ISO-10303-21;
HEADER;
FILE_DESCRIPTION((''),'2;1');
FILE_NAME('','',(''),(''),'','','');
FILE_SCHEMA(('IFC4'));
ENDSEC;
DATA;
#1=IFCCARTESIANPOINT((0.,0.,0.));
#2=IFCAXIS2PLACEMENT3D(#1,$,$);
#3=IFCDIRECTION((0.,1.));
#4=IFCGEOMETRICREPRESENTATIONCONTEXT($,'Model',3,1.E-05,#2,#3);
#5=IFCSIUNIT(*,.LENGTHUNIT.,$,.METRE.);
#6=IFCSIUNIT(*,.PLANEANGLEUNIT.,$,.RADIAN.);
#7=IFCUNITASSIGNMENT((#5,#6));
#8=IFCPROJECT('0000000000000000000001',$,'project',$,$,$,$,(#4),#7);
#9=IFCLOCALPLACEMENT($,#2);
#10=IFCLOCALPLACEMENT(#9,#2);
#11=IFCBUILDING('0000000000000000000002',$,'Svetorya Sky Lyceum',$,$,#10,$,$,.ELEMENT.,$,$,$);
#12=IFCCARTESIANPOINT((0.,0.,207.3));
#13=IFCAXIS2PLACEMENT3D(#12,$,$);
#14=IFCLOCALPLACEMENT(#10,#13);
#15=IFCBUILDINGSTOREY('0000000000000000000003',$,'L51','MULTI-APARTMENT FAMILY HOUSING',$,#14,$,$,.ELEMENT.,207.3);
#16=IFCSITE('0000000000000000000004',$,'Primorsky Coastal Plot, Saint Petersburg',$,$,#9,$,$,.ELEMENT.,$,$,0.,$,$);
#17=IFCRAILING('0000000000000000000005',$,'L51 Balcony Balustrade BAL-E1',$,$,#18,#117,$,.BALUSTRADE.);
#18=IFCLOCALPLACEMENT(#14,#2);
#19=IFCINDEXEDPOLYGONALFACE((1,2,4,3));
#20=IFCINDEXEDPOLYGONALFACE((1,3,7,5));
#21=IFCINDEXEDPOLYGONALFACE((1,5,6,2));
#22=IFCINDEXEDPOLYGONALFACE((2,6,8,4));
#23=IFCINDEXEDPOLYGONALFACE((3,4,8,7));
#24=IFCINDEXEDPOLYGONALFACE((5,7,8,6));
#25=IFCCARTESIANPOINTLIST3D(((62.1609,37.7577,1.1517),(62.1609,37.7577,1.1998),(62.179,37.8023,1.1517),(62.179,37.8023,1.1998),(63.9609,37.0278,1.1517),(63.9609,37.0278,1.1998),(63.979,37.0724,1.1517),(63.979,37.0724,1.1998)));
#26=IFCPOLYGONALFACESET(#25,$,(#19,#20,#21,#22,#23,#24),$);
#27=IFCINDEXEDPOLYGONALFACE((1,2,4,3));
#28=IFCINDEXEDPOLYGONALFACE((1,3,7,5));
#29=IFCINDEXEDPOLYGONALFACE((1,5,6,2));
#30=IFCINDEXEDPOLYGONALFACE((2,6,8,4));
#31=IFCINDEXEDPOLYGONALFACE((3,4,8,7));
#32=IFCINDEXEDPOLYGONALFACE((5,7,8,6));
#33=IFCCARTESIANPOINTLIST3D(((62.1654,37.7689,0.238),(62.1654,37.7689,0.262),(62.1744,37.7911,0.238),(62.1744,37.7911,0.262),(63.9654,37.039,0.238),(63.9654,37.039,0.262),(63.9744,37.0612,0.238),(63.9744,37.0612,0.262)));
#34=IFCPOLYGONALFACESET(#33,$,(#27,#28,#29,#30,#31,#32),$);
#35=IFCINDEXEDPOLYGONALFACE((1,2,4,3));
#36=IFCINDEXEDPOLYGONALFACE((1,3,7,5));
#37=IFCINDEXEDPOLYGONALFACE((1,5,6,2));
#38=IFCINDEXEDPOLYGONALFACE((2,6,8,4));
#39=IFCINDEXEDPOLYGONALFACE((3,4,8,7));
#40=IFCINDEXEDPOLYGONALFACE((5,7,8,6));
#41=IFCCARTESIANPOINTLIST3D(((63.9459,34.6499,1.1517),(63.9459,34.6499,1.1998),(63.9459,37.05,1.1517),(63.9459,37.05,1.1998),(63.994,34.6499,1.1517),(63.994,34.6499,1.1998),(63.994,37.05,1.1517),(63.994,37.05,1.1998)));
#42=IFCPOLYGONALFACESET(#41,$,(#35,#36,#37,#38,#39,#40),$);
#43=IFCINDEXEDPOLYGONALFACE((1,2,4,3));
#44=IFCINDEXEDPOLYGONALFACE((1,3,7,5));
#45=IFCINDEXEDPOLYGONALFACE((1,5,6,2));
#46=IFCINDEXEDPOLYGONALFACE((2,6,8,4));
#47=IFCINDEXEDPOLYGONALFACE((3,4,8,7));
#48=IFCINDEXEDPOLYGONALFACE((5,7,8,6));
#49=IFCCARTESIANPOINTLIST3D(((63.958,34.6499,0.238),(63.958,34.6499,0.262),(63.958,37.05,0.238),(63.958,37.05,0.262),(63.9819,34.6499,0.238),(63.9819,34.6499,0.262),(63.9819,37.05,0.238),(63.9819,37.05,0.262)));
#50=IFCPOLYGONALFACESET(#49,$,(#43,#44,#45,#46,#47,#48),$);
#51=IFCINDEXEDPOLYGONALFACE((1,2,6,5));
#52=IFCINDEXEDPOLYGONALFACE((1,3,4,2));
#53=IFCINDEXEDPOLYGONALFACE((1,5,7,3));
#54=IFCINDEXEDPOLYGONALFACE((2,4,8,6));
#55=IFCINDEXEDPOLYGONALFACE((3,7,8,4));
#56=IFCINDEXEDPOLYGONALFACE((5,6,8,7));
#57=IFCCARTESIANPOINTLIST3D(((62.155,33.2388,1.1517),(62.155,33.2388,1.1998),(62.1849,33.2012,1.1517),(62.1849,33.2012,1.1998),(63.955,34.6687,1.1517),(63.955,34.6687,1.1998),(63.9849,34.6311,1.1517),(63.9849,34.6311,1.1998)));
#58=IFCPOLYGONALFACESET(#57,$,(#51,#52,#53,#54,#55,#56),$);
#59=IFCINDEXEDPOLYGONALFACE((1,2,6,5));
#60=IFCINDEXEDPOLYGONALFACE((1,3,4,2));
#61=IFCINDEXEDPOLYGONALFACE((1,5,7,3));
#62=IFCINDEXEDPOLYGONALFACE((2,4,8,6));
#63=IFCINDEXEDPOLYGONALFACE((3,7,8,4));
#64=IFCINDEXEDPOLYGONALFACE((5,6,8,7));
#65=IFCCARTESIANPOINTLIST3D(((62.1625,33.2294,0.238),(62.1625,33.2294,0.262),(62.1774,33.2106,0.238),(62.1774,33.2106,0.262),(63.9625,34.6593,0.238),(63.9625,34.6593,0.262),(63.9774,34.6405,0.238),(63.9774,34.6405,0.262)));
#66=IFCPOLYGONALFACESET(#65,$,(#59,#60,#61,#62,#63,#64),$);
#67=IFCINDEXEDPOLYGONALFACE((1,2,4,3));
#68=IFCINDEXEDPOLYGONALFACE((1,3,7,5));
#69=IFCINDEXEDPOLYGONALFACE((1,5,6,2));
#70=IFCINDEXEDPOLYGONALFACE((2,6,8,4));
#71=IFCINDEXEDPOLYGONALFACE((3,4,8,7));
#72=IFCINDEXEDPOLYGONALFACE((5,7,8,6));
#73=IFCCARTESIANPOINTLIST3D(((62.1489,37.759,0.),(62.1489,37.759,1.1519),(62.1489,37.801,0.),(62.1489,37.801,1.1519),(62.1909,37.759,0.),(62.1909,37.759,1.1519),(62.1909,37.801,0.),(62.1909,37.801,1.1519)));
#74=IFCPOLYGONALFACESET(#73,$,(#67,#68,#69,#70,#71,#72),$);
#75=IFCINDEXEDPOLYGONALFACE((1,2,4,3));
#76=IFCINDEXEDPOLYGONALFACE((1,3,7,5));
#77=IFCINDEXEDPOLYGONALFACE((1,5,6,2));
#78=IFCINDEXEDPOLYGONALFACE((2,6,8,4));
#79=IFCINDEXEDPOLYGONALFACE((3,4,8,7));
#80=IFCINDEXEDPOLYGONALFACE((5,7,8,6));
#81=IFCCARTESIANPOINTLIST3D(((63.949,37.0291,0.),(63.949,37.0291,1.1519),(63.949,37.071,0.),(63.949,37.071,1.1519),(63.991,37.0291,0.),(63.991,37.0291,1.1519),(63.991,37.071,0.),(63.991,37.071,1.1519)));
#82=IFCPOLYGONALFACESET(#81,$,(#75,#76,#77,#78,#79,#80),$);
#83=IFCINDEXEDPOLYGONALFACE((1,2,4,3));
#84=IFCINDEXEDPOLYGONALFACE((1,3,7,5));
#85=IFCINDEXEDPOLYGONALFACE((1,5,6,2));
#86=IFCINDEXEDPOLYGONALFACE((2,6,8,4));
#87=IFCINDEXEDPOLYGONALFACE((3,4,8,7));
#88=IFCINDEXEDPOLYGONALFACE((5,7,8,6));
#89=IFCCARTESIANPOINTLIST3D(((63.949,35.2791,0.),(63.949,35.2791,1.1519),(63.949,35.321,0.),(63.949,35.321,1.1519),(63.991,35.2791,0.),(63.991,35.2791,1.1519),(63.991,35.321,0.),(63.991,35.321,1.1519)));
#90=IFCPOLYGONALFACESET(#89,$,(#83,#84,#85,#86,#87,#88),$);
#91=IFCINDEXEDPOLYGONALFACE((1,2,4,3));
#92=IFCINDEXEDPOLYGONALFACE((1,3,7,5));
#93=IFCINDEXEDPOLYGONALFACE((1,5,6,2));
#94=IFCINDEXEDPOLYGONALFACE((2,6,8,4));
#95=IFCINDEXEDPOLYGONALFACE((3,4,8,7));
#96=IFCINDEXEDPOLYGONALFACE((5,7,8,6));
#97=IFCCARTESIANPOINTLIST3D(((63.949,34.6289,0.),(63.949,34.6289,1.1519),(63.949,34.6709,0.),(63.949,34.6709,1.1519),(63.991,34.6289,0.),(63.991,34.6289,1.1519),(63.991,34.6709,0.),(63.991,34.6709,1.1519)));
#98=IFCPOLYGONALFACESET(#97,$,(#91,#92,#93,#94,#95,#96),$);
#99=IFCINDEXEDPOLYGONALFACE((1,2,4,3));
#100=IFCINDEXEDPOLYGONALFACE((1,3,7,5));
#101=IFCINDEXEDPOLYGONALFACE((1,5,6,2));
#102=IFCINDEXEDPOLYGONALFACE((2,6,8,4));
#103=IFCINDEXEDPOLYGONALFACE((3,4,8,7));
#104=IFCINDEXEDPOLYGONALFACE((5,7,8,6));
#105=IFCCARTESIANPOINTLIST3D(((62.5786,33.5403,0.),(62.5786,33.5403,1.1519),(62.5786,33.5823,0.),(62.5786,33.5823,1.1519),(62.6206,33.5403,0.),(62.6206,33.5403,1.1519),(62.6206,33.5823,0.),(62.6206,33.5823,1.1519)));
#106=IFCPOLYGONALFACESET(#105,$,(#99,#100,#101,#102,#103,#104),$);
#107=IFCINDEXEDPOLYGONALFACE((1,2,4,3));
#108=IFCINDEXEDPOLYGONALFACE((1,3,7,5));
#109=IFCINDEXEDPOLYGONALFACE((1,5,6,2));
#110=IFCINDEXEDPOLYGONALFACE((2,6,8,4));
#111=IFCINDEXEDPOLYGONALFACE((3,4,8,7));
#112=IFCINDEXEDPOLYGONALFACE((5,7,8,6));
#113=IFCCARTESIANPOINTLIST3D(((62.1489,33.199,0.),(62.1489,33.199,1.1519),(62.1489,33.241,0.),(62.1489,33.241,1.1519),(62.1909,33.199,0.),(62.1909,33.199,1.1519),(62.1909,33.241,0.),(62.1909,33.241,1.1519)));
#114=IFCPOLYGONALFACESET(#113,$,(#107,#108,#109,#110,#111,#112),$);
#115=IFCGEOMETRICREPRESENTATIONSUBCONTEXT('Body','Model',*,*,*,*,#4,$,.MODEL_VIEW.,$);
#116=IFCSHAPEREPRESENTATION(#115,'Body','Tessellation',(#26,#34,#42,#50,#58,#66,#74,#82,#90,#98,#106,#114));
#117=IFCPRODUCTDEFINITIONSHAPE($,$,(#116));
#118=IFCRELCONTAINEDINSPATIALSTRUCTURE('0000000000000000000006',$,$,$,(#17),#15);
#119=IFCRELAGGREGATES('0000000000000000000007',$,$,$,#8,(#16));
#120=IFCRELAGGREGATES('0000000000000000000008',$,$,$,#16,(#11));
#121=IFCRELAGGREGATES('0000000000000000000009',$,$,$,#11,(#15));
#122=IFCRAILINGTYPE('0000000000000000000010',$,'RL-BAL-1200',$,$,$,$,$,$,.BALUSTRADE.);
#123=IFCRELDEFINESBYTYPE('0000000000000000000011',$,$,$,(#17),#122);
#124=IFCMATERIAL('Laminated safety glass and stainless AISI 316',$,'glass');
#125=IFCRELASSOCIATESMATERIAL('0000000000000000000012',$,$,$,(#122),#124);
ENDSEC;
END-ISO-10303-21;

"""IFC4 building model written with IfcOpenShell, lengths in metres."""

from ifc_helpers import new_model, si_unit, direction, frame, origin, origin_2d, place, context, subcontext, project, spatial, rectangle, extrude, material, type_object, element, save


model = new_model("IFC4")

# Units and contexts
model_context = context("Model", 3, precision=1e-05, world=origin(), true_north=direction((0.0, 1.0)))
body_context = subcontext(model_context, "Body", "Model", "MODEL_VIEW")
ifc_project = project(units=[si_unit("LENGTHUNIT", "METRE"), si_unit("PLANEANGLEUNIT", "RADIAN")], contexts=[model_context])

# Site, building, storey
site_placement = place(None, origin())
site = spatial("IfcSite", under=ifc_project, at=site_placement, Name="Primorsky Coastal Plot, Saint Petersburg", CompositionType="ELEMENT", RefElevation=0.0)
building_placement = place(site_placement, origin())
building = spatial("IfcBuilding", under=site, at=building_placement, Name="Svetorya Sky Lyceum", CompositionType="ELEMENT")
storey_placement = place(building_placement, frame((0.0, 0.0, 207.3)))
storey = spatial("IfcBuildingStorey", under=building, at=storey_placement, Name="L51", Description="MULTI-APARTMENT FAMILY HOUSING", CompositionType="ELEMENT", Elevation=207.3)

# Railing
ifc_material_1 = material(Name="Laminated safety glass and stainless AISI 316", Category="glass")
railing_type = type_object("IfcRailingType", Name="RL-BAL-1200", PredefinedType="BALUSTRADE", material=ifc_material_1)
railing_placement = place(storey_placement, frame((62.1699, 37.78, 0.0)))
element("IfcRailing", 1, at=railing_placement, inside=storey, type_object=railing_type, Name="L51 Balcony Balustrade BAL-E1", PredefinedType="BALUSTRADE", context=body_context, shape_type="SweptSolid", body=[
    extrude(rectangle(XDim=0.0481, YDim=0.0481, at=origin_2d()), frame((0.0, 0.0, 1.1758), z_axis=(0.926698, -0.375807, 0.0), x_axis=(0.375807, 0.926698, 0.0)), (0.0, 0.0, 1.0), 1.9424),
    extrude(rectangle(XDim=0.0239, YDim=0.0239, at=origin_2d()), frame((0.0, 0.0, 0.25), z_axis=(0.926698, -0.375807, 0.0), x_axis=(0.375807, 0.926698, 0.0)), (0.0, 0.0, 1.0), 1.9424),
    extrude(rectangle(XDim=0.0481, YDim=0.0481, at=origin_2d()), frame((1.8, -0.73, 1.1758), z_axis=(0.0, -1.0, 0.0), x_axis=(1.0, 0.0, 0.0)), (0.0, 0.0, 1.0), 2.4001),
    extrude(rectangle(XDim=0.0239, YDim=0.0239, at=origin_2d()), frame((1.8, -0.73, 0.25), z_axis=(0.0, -1.0, 0.0), x_axis=(1.0, 0.0, 0.0)), (0.0, 0.0, 1.0), 2.4001),
    extrude(rectangle(XDim=0.0481, YDim=0.0481, at=origin_2d()), frame((1.8, -3.1301, 1.1758), z_axis=(-0.783009, -0.62201, 0.0), x_axis=(0.62201, -0.783009, 0.0)), (0.0, 0.0, 1.0), 2.2988),
    extrude(rectangle(XDim=0.0239, YDim=0.0239, at=origin_2d()), frame((1.8, -3.1301, 0.25), z_axis=(-0.783009, -0.62201, 0.0), x_axis=(0.62201, -0.783009, 0.0)), (0.0, 0.0, 1.0), 2.2988),
    extrude(rectangle(XDim=0.042, YDim=0.042, at=origin_2d()), origin(), (0.0, 0.0, 1.0), 1.1519),
    extrude(rectangle(XDim=0.042, YDim=0.042, at=origin_2d()), frame((1.8, -0.73, 0.0)), (0.0, 0.0, 1.0), 1.1519),
    extrude(rectangle(XDim=0.042, YDim=0.042, at=origin_2d()), frame((1.8, -2.48, 0.0)), (0.0, 0.0, 1.0), 1.1519),
    extrude(rectangle(XDim=0.042, YDim=0.042, at=origin_2d()), frame((1.8, -3.1301, 0.0)), (0.0, 0.0, 1.0), 1.1519),
    extrude(rectangle(XDim=0.042, YDim=0.042, at=origin_2d()), frame((0.4297, -4.2188, 0.0)), (0.0, 0.0, 1.0), 1.1519),
    extrude(rectangle(XDim=0.042, YDim=0.042, at=origin_2d()), frame((0.0, -4.5601, 0.0)), (0.0, 0.0, 1.0), 1.1519),
])

save(model, "model.ifc")
